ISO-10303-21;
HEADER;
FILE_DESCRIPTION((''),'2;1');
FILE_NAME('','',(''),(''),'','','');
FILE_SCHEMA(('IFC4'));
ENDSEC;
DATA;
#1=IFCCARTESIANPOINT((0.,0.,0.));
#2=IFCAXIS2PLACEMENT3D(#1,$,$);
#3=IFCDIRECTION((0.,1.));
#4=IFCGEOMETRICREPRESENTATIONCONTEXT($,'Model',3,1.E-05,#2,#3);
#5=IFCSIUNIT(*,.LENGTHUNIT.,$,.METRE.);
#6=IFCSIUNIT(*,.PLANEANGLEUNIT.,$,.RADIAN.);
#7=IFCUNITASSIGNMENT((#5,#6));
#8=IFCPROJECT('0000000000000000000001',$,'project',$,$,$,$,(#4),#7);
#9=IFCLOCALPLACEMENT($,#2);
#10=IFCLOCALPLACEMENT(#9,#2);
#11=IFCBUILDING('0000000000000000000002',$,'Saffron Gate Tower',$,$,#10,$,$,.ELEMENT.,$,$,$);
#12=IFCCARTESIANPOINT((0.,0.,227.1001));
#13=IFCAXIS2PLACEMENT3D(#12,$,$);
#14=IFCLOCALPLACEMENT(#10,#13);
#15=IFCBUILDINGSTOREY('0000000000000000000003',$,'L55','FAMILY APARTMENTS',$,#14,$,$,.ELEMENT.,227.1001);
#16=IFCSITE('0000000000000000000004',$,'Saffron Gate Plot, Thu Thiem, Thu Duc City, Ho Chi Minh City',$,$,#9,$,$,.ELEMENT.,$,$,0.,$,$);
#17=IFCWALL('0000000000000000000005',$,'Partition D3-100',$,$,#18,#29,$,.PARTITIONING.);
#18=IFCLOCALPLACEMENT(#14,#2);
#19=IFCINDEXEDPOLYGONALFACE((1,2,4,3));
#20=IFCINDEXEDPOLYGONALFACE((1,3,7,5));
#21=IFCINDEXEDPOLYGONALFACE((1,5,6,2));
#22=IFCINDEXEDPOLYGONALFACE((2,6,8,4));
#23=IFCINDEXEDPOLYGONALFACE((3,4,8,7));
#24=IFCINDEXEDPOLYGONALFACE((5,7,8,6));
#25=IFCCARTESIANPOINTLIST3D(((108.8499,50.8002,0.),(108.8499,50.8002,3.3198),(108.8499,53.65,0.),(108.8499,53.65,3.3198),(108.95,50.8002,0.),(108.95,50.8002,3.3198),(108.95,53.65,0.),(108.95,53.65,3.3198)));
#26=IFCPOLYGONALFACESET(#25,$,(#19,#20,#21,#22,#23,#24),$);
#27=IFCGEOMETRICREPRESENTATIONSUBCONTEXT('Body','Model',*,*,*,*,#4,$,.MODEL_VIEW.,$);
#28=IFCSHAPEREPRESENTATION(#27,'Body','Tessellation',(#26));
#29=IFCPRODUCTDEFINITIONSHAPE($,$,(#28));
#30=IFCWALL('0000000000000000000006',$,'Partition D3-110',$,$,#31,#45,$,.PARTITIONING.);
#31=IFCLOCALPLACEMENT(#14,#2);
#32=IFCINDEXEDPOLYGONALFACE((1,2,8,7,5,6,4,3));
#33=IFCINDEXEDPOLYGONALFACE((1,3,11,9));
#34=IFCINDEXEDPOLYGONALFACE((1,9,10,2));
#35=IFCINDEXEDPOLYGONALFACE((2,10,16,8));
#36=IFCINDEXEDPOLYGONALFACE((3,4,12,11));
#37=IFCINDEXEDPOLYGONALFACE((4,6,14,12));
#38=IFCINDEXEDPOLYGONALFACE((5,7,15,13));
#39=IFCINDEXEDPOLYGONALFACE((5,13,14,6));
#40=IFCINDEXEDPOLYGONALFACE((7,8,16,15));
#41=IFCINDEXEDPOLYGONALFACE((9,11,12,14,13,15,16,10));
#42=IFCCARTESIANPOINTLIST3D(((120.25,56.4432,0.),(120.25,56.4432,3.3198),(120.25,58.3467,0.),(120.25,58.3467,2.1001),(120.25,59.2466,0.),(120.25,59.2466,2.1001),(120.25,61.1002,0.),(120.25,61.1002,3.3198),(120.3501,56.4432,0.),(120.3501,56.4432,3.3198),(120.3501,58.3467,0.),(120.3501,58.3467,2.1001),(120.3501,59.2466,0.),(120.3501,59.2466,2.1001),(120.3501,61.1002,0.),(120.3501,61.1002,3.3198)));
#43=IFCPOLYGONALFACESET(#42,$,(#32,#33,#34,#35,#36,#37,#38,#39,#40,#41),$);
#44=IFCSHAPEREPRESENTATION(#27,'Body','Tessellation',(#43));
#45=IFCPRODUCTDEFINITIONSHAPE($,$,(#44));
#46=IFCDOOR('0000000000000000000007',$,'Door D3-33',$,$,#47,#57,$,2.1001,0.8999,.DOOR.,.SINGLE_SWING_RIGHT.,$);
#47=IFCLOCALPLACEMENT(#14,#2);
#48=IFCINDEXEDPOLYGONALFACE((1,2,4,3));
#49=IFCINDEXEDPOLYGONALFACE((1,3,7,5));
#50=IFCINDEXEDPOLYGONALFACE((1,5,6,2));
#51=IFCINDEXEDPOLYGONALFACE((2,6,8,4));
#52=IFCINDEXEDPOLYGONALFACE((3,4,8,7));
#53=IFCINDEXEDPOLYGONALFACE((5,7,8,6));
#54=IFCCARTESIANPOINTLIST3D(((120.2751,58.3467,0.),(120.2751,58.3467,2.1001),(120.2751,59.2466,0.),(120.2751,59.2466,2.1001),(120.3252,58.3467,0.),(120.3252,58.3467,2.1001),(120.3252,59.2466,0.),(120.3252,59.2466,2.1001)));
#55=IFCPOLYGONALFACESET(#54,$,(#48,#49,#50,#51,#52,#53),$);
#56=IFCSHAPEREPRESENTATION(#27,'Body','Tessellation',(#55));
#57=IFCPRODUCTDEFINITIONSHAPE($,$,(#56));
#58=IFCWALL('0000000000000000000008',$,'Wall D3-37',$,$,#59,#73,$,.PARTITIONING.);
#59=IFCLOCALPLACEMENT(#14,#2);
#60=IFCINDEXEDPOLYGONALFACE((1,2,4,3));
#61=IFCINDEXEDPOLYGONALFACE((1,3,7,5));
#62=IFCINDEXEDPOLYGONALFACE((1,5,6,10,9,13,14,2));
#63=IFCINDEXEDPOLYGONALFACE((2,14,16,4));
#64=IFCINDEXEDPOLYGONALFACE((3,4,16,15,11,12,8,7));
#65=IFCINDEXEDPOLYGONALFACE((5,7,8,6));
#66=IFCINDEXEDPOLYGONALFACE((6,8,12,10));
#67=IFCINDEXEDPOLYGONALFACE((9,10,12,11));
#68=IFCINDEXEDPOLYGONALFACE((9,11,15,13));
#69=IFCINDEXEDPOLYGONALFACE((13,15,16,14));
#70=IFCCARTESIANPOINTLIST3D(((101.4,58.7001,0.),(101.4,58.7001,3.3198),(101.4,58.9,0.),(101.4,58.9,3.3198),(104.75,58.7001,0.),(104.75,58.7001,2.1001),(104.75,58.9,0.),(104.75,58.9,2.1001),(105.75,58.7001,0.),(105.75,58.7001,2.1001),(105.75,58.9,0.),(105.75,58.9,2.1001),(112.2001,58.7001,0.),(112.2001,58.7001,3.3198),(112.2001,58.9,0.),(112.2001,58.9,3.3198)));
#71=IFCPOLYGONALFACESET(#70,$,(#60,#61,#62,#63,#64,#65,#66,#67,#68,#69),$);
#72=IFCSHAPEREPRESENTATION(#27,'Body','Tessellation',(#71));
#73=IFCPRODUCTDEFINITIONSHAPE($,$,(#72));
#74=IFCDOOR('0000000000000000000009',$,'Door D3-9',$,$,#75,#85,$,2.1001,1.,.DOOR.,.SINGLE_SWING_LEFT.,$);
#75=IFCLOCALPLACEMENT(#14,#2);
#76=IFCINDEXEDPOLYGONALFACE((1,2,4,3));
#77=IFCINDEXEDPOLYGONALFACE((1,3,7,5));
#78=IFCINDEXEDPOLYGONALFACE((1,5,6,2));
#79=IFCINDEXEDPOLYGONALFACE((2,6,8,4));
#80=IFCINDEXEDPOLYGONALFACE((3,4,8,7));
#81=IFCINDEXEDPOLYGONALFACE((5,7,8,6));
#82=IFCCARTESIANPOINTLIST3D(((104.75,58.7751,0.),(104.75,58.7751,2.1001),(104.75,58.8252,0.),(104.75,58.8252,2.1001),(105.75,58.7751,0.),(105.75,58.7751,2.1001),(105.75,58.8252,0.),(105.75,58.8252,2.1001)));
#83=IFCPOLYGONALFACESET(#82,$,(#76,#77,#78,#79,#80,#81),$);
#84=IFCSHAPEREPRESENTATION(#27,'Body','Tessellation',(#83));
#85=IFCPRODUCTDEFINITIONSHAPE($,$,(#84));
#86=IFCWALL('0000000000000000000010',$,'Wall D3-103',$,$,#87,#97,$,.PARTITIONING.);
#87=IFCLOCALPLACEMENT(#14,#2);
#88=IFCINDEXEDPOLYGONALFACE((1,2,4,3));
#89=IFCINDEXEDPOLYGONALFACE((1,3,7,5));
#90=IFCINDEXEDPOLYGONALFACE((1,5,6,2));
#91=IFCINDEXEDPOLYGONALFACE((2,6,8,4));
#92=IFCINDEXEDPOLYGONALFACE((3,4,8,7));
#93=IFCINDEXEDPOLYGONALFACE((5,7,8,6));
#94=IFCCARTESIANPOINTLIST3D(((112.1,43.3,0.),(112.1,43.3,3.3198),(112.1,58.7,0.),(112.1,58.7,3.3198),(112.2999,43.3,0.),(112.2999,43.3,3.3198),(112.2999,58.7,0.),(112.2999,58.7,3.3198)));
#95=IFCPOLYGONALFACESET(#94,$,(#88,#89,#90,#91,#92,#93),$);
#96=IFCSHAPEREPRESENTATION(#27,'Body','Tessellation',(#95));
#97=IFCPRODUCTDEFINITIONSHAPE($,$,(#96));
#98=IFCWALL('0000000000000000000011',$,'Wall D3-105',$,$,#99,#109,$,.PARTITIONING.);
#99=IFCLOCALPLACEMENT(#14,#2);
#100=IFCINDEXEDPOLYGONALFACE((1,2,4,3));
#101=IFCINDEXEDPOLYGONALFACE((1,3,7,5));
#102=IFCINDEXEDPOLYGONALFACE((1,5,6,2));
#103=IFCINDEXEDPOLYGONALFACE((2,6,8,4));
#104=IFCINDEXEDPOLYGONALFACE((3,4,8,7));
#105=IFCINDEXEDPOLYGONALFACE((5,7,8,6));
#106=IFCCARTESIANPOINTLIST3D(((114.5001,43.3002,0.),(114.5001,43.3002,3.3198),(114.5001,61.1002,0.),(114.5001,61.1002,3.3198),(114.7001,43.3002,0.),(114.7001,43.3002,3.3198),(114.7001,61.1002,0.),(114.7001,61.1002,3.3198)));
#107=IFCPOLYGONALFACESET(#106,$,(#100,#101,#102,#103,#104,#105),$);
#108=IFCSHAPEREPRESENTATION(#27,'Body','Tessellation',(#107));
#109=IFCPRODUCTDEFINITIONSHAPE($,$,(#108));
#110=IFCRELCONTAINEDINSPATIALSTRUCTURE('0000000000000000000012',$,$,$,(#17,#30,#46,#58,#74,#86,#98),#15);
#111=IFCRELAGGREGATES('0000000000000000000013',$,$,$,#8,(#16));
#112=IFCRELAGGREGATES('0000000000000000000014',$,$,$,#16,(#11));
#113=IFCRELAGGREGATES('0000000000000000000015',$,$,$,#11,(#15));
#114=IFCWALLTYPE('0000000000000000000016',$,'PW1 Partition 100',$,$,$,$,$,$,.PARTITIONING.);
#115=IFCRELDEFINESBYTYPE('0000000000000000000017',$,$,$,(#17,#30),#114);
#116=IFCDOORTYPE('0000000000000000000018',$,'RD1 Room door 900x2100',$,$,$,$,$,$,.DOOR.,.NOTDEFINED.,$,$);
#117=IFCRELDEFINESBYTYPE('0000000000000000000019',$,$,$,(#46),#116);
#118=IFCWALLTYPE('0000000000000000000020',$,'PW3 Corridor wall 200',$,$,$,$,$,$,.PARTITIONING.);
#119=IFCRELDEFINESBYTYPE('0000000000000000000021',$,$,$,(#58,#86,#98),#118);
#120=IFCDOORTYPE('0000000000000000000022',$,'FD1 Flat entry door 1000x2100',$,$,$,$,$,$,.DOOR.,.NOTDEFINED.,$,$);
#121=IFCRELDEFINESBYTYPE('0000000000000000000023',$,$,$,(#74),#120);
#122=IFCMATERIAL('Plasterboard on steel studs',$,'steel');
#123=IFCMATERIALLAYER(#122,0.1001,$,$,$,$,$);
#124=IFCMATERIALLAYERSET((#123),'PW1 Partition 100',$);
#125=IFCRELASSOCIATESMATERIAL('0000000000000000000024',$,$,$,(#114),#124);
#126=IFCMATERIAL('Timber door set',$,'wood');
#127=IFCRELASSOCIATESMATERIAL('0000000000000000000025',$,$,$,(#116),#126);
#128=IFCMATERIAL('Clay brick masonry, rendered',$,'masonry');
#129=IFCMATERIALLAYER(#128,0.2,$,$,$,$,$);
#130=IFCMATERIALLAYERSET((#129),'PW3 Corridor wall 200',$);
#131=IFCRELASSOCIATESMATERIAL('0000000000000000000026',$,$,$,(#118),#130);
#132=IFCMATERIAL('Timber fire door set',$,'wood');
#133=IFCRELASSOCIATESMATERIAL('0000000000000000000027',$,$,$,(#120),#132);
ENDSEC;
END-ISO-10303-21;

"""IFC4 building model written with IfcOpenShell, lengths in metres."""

from ifc_helpers import new_model, si_unit, direction, frame, frame_2d, origin, place, context, subcontext, project, spatial, rectangle, extrude, material, layer, layer_set, type_object, element, fill, save


model = new_model("IFC4")

# Units and contexts
model_context = context("Model", 3, precision=1e-05, world=origin(), true_north=direction((0.0, 1.0)))
body_context = subcontext(model_context, "Body", "Model", "MODEL_VIEW")
ifc_project = project(units=[si_unit("LENGTHUNIT", "METRE"), si_unit("PLANEANGLEUNIT", "RADIAN")], contexts=[model_context])

# Site, building, storey
site_placement = place(None, origin())
site = spatial("IfcSite", under=ifc_project, at=site_placement, Name="Saffron Gate Plot, Thu Thiem, Thu Duc City, Ho Chi Minh City", CompositionType="ELEMENT", RefElevation=0.0)
building_placement = place(site_placement, origin())
building = spatial("IfcBuilding", under=site, at=building_placement, Name="Saffron Gate Tower", CompositionType="ELEMENT")
storey_placement = place(building_placement, frame((0.0, 0.0, 227.1001)))
storey = spatial("IfcBuildingStorey", under=building, at=storey_placement, Name="L55", Description="FAMILY APARTMENTS", CompositionType="ELEMENT", Elevation=227.1001)

# Shared definitions
ifc_material_1 = material(Name="Plasterboard on steel studs", Category="steel")
ifc_layer_1 = layer(ifc_material_1, 0.1001)
ifc_layer_set_1 = layer_set([ifc_layer_1], Name="PW1 Partition 100")
wall_type_1 = type_object("IfcWallType", Name="PW1 Partition 100", PredefinedType="PARTITIONING", material=ifc_layer_set_1)
ifc_material_2 = material(Name="Timber door set", Category="wood")
door_type_1 = type_object("IfcDoorType", Name="RD1 Room door 900x2100", OperationType="NOTDEFINED", PredefinedType="DOOR", material=ifc_material_2)

# Wall
wall_1_placement = place(storey_placement, frame((108.8999, 53.6499, 0.0), z_axis=(0.0, 0.0, 1.0), x_axis=(0.0, -1.0, 0.0)))
element("IfcWall", 1, at=wall_1_placement, inside=storey, type_object=wall_type_1, Name="Partition D3-100", PredefinedType="PARTITIONING", context=body_context, shape_type="SweptSolid", body=[
    extrude(rectangle(XDim=2.8499, YDim=0.1001, at=frame_2d((1.4248, 0.0))), origin(), (0.0, 0.0, 1.0), 3.3198),
])

# Walls, openings, doors
wall_2_placement = place(storey_placement, frame((120.3, 56.4431, 0.0), z_axis=(0.0, 0.0, 1.0), x_axis=(0.0, 1.0, 0.0)))
wall_2 = element("IfcWall", 2, at=wall_2_placement, inside=storey, type_object=wall_type_1, Name="Partition D3-110", PredefinedType="PARTITIONING", context=body_context, shape_type="SweptSolid", body=[
    extrude(rectangle(XDim=4.657, YDim=0.1001, at=frame_2d((2.3286, 0.0))), origin(), (0.0, 0.0, 1.0), 3.3198),
])
opening_1_placement = place(wall_2_placement, frame((1.9036, 0.0, 0.0)))
opening_1 = element("IfcOpeningElement", 3, at=opening_1_placement, cuts=wall_2, PredefinedType="OPENING", context=body_context, shape_type="SweptSolid", body=[
    extrude(rectangle(XDim=0.8999, YDim=2.1001, at=frame_2d((0.45, 1.05))), frame((0.0, 0.0601, 0.0), z_axis=(0.0, -1.0, 0.0), x_axis=(1.0, 0.0, 0.0)), (0.0, 0.0, 1.0), 0.1201),
])
door_1_placement = place(opening_1_placement, origin())
door_1 = element("IfcDoor", 4, at=door_1_placement, inside=storey, type_object=door_type_1, Name="Door D3-33", OperationType="SINGLE_SWING_RIGHT", OverallHeight=2.1001, OverallWidth=0.8999, PredefinedType="DOOR", context=body_context, shape_type="SweptSolid", body=[
    extrude(rectangle(XDim=0.8999, YDim=2.1001, at=frame_2d((0.45, 1.05))), frame((0.0, 0.0249, 0.0), z_axis=(0.0, -1.0, 0.0), x_axis=(1.0, 0.0, 0.0)), (0.0, 0.0, 1.0), 0.05),
])
fill(opening_1, door_1)
ifc_material_3 = material(Name="Clay brick masonry, rendered", Category="masonry")
ifc_layer_2 = layer(ifc_material_3, 0.2)
ifc_layer_set_2 = layer_set([ifc_layer_2], Name="PW3 Corridor wall 200")
wall_type_2 = type_object("IfcWallType", Name="PW3 Corridor wall 200", PredefinedType="PARTITIONING", material=ifc_layer_set_2)
wall_3_placement = place(storey_placement, frame((112.2, 58.8, 0.0), z_axis=(0.0, 0.0, 1.0), x_axis=(-1.0, 0.0, 0.0)))
wall_3 = element("IfcWall", 5, at=wall_3_placement, inside=storey, type_object=wall_type_2, Name="Wall D3-37", PredefinedType="PARTITIONING", context=body_context, shape_type="SweptSolid", body=[
    extrude(rectangle(XDim=10.8, YDim=0.2, at=frame_2d((5.3999, 0.0))), origin(), (0.0, 0.0, 1.0), 3.3198),
])
opening_2_placement = place(wall_3_placement, frame((6.45, 0.0, 0.0)))
opening_2 = element("IfcOpeningElement", 6, at=opening_2_placement, cuts=wall_3, PredefinedType="OPENING", context=body_context, shape_type="SweptSolid", body=[
    extrude(rectangle(XDim=1.0, YDim=2.1001, at=frame_2d((0.5, 1.05))), frame((0.0, 0.1099, 0.0), z_axis=(0.0, -1.0, 0.0), x_axis=(1.0, 0.0, 0.0)), (0.0, 0.0, 1.0), 0.22),
])
ifc_material_4 = material(Name="Timber fire door set", Category="wood")
door_type_2 = type_object("IfcDoorType", Name="FD1 Flat entry door 1000x2100", OperationType="NOTDEFINED", PredefinedType="DOOR", material=ifc_material_4)
door_2_placement = place(opening_2_placement, origin())
door_2 = element("IfcDoor", 7, at=door_2_placement, inside=storey, type_object=door_type_2, Name="Door D3-9", OperationType="SINGLE_SWING_LEFT", OverallHeight=2.1001, OverallWidth=1.0, PredefinedType="DOOR", context=body_context, shape_type="SweptSolid", body=[
    extrude(rectangle(XDim=1.0, YDim=2.1001, at=frame_2d((0.5, 1.05))), frame((0.0, 0.0249, 0.0), z_axis=(0.0, -1.0, 0.0), x_axis=(1.0, 0.0, 0.0)), (0.0, 0.0, 1.0), 0.05),
])
fill(opening_2, door_2)

# Walls
wall_4_placement = place(storey_placement, frame((112.2, 58.7, 0.0), z_axis=(0.0, 0.0, 1.0), x_axis=(0.0, -1.0, 0.0)))
element("IfcWall", 8, at=wall_4_placement, inside=storey, type_object=wall_type_2, Name="Wall D3-103", PredefinedType="PARTITIONING", context=body_context, shape_type="SweptSolid", body=[
    extrude(rectangle(XDim=15.3999, YDim=0.2, at=frame_2d((7.7, 0.0))), origin(), (0.0, 0.0, 1.0), 3.3198),
])
wall_5_placement = place(storey_placement, frame((114.6001, 61.1001, 0.0), z_axis=(0.0, 0.0, 1.0), x_axis=(0.0, -1.0, 0.0)))
element("IfcWall", 9, at=wall_5_placement, inside=storey, type_object=wall_type_2, Name="Wall D3-105", PredefinedType="PARTITIONING", context=body_context, shape_type="SweptSolid", body=[
    extrude(rectangle(XDim=17.8, YDim=0.2, at=frame_2d((8.8999, 0.0))), origin(), (0.0, 0.0, 1.0), 3.3198),
])

save(model, "model.ifc")
